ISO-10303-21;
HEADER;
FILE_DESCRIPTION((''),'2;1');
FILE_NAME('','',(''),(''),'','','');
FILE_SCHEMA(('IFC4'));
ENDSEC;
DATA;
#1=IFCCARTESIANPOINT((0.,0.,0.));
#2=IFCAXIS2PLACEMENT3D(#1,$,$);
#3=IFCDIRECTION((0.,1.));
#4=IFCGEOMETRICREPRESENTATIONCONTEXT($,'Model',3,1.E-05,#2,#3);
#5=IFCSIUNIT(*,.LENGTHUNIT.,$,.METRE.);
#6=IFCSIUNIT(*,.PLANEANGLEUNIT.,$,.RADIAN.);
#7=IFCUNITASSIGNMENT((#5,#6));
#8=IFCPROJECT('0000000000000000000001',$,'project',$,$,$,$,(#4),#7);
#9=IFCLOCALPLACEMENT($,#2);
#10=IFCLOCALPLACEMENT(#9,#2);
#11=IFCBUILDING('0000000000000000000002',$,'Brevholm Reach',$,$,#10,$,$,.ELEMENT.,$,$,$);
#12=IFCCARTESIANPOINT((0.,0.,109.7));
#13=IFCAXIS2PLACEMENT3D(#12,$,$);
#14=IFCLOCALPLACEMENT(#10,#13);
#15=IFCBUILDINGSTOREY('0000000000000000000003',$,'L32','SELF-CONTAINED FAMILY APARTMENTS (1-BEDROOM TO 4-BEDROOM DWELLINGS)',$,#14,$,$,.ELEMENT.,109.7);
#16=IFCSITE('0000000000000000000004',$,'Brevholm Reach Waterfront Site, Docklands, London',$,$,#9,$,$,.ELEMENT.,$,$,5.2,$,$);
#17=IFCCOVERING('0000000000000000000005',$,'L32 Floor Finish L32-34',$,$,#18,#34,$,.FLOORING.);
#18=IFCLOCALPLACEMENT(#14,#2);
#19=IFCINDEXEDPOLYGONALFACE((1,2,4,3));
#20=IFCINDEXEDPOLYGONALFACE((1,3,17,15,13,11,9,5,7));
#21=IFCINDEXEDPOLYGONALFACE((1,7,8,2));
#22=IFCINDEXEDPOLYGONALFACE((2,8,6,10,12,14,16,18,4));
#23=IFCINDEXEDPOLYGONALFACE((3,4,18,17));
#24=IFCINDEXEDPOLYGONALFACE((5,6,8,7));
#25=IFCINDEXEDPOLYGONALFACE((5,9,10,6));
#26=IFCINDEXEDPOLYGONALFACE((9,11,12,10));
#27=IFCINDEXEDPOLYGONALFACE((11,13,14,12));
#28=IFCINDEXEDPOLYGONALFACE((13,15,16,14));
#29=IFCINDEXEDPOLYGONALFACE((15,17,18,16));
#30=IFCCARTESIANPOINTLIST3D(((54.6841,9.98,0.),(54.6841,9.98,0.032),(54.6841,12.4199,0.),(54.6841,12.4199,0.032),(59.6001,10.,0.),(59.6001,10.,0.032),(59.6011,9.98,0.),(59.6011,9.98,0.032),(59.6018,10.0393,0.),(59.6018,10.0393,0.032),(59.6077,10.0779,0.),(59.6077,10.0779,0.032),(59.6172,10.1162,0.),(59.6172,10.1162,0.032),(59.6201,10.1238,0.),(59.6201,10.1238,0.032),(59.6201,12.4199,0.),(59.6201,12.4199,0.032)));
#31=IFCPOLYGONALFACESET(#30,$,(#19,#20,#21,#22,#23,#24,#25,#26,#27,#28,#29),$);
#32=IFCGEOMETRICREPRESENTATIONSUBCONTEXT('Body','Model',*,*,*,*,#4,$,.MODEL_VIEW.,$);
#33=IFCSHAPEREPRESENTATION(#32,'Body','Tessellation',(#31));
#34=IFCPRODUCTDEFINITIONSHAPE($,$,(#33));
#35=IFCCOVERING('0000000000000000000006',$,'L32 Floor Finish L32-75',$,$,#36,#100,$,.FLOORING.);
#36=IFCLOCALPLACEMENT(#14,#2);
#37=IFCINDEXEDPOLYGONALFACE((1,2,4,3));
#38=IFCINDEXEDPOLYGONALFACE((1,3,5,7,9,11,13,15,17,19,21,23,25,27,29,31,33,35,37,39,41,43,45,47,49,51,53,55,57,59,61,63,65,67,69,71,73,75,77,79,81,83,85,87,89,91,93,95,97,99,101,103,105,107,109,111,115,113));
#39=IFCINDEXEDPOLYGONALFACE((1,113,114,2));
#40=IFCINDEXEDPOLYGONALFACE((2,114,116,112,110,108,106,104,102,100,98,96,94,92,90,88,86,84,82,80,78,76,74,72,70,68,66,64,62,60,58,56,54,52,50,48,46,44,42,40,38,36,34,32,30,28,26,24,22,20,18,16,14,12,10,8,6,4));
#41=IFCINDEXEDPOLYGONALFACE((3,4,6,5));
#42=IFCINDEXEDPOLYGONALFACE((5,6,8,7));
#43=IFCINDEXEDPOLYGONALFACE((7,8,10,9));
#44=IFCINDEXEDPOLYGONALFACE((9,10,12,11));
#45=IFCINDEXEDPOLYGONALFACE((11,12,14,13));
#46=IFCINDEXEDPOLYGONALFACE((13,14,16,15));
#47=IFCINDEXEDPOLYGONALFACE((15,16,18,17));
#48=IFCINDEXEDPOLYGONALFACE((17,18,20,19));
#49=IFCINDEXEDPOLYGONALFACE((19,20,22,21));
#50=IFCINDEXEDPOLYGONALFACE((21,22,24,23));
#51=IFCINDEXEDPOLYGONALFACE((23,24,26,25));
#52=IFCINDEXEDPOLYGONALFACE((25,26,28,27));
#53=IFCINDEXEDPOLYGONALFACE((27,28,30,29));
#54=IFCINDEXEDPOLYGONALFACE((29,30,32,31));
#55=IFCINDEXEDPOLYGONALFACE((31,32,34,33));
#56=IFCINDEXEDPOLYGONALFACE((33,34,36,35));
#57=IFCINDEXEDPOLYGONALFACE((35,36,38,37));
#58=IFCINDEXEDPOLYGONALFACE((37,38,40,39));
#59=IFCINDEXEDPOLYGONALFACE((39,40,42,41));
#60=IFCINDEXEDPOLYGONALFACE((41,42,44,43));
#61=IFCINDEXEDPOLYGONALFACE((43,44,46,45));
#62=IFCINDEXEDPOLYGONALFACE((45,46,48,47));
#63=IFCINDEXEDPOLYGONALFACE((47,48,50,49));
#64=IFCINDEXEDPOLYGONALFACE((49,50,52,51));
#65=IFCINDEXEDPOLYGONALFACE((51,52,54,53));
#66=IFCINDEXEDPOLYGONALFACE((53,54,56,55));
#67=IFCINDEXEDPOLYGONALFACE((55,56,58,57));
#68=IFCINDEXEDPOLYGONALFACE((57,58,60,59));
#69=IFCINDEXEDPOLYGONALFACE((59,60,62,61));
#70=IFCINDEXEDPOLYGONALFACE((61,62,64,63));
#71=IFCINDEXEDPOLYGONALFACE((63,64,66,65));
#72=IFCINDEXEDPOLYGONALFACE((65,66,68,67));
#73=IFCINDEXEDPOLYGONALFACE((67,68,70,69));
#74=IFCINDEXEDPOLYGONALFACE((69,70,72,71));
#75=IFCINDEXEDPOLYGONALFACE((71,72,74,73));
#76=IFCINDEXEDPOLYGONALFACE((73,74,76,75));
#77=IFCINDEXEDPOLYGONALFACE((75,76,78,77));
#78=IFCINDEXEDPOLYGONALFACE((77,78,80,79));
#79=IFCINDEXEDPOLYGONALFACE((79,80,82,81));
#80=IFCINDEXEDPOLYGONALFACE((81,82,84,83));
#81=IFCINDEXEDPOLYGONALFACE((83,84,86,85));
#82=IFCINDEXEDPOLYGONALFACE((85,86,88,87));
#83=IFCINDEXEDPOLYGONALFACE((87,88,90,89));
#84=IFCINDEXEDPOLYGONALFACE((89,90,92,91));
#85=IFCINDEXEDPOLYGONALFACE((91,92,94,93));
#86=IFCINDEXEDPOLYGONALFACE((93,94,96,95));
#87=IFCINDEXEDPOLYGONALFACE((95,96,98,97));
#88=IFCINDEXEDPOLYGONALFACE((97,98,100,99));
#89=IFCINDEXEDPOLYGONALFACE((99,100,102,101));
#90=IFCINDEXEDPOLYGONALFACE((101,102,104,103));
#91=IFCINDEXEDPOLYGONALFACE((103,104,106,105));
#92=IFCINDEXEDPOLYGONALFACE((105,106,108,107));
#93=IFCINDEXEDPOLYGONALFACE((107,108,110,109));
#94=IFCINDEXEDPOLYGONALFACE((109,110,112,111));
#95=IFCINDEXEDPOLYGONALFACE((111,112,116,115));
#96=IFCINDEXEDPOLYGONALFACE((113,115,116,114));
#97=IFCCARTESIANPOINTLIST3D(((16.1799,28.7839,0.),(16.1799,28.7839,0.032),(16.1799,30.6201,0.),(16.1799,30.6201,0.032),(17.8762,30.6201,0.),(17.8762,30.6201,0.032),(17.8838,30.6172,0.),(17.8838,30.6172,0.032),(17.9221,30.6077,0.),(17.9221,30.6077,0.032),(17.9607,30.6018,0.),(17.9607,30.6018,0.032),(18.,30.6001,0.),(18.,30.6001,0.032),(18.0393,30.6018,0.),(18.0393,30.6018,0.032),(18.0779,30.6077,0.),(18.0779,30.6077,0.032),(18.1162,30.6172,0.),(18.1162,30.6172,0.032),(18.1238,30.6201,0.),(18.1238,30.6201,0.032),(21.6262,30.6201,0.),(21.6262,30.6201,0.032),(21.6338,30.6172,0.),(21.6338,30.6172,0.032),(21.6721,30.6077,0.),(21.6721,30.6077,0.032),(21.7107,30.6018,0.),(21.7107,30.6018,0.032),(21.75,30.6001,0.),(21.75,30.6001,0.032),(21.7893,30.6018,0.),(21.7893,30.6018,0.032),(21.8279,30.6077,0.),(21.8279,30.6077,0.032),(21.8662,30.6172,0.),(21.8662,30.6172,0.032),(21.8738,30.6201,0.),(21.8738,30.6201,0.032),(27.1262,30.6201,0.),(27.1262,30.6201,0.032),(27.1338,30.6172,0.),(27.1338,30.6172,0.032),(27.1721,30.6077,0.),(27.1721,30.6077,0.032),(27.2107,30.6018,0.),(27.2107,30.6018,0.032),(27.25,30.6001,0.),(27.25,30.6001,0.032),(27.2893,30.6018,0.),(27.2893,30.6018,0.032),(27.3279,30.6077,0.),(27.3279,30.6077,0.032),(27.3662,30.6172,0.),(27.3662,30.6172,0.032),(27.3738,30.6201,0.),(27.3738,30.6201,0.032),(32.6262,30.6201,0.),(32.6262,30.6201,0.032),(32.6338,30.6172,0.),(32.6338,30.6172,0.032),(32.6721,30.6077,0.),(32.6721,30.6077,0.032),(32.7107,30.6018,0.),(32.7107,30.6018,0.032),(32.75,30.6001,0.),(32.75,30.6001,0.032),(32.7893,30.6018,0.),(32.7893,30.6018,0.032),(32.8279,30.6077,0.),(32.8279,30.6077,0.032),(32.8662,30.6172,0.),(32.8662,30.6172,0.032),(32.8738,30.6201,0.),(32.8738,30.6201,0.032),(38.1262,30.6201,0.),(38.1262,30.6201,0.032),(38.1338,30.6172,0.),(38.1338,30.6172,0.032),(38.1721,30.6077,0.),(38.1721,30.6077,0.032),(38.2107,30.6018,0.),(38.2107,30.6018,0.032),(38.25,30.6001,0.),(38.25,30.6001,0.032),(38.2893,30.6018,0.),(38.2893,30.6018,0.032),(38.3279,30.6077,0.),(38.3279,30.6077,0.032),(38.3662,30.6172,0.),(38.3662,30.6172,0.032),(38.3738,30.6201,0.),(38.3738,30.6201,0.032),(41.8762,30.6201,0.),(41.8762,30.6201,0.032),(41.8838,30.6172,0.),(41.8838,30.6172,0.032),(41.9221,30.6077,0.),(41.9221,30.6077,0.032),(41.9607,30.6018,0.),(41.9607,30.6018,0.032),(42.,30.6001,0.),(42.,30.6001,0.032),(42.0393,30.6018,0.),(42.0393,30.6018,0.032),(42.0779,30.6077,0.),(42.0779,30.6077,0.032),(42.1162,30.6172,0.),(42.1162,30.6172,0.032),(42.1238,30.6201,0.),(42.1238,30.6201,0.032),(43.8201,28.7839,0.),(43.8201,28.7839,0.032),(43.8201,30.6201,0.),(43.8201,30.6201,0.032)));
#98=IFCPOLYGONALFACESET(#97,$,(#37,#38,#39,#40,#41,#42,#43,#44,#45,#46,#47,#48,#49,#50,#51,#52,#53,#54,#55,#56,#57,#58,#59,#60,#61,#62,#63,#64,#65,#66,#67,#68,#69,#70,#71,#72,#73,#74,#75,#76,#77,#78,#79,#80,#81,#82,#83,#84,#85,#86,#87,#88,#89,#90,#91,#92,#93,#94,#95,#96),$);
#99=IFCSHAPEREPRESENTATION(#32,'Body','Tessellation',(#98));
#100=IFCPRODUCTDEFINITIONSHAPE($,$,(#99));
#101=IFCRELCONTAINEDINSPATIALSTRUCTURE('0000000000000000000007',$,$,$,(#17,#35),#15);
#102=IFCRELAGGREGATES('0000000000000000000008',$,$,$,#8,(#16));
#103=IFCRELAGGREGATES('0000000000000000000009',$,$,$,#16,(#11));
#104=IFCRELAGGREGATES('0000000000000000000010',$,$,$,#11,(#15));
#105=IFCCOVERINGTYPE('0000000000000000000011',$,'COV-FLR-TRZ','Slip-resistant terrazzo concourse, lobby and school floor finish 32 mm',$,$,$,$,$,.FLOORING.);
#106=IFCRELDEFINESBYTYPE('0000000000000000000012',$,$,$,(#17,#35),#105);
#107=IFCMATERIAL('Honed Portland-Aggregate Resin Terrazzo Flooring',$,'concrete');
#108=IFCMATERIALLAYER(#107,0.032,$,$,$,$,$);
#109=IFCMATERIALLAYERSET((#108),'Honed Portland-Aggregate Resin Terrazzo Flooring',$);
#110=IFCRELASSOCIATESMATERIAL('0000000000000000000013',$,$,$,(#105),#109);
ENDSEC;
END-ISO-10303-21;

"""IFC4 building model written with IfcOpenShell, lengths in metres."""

from ifc_helpers import new_model, si_unit, direction, frame, origin, place, context, subcontext, project, spatial, polyline, outline, extrude, material, layer, layer_set, type_object, element, save


model = new_model("IFC4")

# Units and contexts
model_context = context("Model", 3, precision=1e-05, world=origin(), true_north=direction((0.0, 1.0)))
body_context = subcontext(model_context, "Body", "Model", "MODEL_VIEW")
ifc_project = project(units=[si_unit("LENGTHUNIT", "METRE"), si_unit("PLANEANGLEUNIT", "RADIAN")], contexts=[model_context])

# Site, building, storey
site_placement = place(None, origin())
site = spatial("IfcSite", under=ifc_project, at=site_placement, Name="Brevholm Reach Waterfront Site, Docklands, London", CompositionType="ELEMENT", RefElevation=5.2)
building_placement = place(site_placement, origin())
building = spatial("IfcBuilding", under=site, at=building_placement, Name="Brevholm Reach", CompositionType="ELEMENT")
storey_placement = place(building_placement, frame((0.0, 0.0, 109.7)))
storey = spatial("IfcBuildingStorey", under=building, at=storey_placement, Name="L32", Description="SELF-CONTAINED FAMILY APARTMENTS (1-BEDROOM TO 4-BEDROOM DWELLINGS)", CompositionType="ELEMENT", Elevation=109.7)

# Coverings
ifc_material_1 = material(Name="Honed Portland-Aggregate Resin Terrazzo Flooring", Category="concrete")
ifc_layer_1 = layer(ifc_material_1, 0.032)
ifc_layer_set_1 = layer_set([ifc_layer_1], Name="Honed Portland-Aggregate Resin Terrazzo Flooring")
covering_type_1 = type_object("IfcCoveringType", Name="COV-FLR-TRZ", Description="Slip-resistant terrazzo concourse, lobby and school floor finish 32 mm", PredefinedType="FLOORING", material=ifc_layer_set_1)
covering_1_placement = place(storey_placement, origin())
element("IfcCovering", 1, at=covering_1_placement, inside=storey, type_object=covering_type_1, Name="L32 Floor Finish L32-34", PredefinedType="FLOORING", context=body_context, shape_type="SweptSolid", body=[
    extrude(outline(polyline([(59.6201, 12.4199), (59.6201, 10.1238), (59.6172, 10.1162), (59.6077, 10.0779), (59.6018, 10.0393), (59.6001, 10.0), (59.6011, 9.98), (54.6841, 9.98), (54.6841, 12.4199), (59.6201, 12.4199)])), origin(), (0.0, 0.0, 1.0), 0.032),
])
covering_2_placement = place(storey_placement, origin())
element("IfcCovering", 2, at=covering_2_placement, inside=storey, type_object=covering_type_1, Name="L32 Floor Finish L32-75", PredefinedType="FLOORING", context=body_context, shape_type="SweptSolid", body=[
    extrude(outline(polyline([(16.1799, 30.6201), (17.8762, 30.6201), (17.8838, 30.6172), (17.9221, 30.6077), (17.9607, 30.6018), (18.0, 30.6001), (18.0393, 30.6018), (18.0779, 30.6077), (18.1162, 30.6172), (18.1238, 30.6201), (21.6262, 30.6201), (21.6338, 30.6172), (21.6721, 30.6077), (21.7107, 30.6018), (21.75, 30.6001), (21.7893, 30.6018), (21.8279, 30.6077), (21.8662, 30.6172), (21.8738, 30.6201), (27.1262, 30.6201), (27.1338, 30.6172), (27.1721, 30.6077), (27.2107, 30.6018), (27.25, 30.6001), (27.2893, 30.6018), (27.3279, 30.6077), (27.3662, 30.6172), (27.3738, 30.6201), (32.6262, 30.6201), (32.6338, 30.6172), (32.6721, 30.6077), (32.7107, 30.6018), (32.75, 30.6001), (32.7893, 30.6018), (32.8279, 30.6077), (32.8662, 30.6172), (32.8738, 30.6201), (38.1262, 30.6201), (38.1338, 30.6172), (38.1721, 30.6077), (38.2107, 30.6018), (38.25, 30.6001), (38.2893, 30.6018), (38.3279, 30.6077), (38.3662, 30.6172), (38.3738, 30.6201), (41.8762, 30.6201), (41.8838, 30.6172), (41.9221, 30.6077), (41.9607, 30.6018), (42.0, 30.6001), (42.0393, 30.6018), (42.0779, 30.6077), (42.1162, 30.6172), (42.1238, 30.6201), (43.8201, 30.6201), (43.8201, 28.7839), (16.1799, 28.7839), (16.1799, 30.6201)])), origin(), (0.0, 0.0, 1.0), 0.032),
])

save(model, "model.ifc")
